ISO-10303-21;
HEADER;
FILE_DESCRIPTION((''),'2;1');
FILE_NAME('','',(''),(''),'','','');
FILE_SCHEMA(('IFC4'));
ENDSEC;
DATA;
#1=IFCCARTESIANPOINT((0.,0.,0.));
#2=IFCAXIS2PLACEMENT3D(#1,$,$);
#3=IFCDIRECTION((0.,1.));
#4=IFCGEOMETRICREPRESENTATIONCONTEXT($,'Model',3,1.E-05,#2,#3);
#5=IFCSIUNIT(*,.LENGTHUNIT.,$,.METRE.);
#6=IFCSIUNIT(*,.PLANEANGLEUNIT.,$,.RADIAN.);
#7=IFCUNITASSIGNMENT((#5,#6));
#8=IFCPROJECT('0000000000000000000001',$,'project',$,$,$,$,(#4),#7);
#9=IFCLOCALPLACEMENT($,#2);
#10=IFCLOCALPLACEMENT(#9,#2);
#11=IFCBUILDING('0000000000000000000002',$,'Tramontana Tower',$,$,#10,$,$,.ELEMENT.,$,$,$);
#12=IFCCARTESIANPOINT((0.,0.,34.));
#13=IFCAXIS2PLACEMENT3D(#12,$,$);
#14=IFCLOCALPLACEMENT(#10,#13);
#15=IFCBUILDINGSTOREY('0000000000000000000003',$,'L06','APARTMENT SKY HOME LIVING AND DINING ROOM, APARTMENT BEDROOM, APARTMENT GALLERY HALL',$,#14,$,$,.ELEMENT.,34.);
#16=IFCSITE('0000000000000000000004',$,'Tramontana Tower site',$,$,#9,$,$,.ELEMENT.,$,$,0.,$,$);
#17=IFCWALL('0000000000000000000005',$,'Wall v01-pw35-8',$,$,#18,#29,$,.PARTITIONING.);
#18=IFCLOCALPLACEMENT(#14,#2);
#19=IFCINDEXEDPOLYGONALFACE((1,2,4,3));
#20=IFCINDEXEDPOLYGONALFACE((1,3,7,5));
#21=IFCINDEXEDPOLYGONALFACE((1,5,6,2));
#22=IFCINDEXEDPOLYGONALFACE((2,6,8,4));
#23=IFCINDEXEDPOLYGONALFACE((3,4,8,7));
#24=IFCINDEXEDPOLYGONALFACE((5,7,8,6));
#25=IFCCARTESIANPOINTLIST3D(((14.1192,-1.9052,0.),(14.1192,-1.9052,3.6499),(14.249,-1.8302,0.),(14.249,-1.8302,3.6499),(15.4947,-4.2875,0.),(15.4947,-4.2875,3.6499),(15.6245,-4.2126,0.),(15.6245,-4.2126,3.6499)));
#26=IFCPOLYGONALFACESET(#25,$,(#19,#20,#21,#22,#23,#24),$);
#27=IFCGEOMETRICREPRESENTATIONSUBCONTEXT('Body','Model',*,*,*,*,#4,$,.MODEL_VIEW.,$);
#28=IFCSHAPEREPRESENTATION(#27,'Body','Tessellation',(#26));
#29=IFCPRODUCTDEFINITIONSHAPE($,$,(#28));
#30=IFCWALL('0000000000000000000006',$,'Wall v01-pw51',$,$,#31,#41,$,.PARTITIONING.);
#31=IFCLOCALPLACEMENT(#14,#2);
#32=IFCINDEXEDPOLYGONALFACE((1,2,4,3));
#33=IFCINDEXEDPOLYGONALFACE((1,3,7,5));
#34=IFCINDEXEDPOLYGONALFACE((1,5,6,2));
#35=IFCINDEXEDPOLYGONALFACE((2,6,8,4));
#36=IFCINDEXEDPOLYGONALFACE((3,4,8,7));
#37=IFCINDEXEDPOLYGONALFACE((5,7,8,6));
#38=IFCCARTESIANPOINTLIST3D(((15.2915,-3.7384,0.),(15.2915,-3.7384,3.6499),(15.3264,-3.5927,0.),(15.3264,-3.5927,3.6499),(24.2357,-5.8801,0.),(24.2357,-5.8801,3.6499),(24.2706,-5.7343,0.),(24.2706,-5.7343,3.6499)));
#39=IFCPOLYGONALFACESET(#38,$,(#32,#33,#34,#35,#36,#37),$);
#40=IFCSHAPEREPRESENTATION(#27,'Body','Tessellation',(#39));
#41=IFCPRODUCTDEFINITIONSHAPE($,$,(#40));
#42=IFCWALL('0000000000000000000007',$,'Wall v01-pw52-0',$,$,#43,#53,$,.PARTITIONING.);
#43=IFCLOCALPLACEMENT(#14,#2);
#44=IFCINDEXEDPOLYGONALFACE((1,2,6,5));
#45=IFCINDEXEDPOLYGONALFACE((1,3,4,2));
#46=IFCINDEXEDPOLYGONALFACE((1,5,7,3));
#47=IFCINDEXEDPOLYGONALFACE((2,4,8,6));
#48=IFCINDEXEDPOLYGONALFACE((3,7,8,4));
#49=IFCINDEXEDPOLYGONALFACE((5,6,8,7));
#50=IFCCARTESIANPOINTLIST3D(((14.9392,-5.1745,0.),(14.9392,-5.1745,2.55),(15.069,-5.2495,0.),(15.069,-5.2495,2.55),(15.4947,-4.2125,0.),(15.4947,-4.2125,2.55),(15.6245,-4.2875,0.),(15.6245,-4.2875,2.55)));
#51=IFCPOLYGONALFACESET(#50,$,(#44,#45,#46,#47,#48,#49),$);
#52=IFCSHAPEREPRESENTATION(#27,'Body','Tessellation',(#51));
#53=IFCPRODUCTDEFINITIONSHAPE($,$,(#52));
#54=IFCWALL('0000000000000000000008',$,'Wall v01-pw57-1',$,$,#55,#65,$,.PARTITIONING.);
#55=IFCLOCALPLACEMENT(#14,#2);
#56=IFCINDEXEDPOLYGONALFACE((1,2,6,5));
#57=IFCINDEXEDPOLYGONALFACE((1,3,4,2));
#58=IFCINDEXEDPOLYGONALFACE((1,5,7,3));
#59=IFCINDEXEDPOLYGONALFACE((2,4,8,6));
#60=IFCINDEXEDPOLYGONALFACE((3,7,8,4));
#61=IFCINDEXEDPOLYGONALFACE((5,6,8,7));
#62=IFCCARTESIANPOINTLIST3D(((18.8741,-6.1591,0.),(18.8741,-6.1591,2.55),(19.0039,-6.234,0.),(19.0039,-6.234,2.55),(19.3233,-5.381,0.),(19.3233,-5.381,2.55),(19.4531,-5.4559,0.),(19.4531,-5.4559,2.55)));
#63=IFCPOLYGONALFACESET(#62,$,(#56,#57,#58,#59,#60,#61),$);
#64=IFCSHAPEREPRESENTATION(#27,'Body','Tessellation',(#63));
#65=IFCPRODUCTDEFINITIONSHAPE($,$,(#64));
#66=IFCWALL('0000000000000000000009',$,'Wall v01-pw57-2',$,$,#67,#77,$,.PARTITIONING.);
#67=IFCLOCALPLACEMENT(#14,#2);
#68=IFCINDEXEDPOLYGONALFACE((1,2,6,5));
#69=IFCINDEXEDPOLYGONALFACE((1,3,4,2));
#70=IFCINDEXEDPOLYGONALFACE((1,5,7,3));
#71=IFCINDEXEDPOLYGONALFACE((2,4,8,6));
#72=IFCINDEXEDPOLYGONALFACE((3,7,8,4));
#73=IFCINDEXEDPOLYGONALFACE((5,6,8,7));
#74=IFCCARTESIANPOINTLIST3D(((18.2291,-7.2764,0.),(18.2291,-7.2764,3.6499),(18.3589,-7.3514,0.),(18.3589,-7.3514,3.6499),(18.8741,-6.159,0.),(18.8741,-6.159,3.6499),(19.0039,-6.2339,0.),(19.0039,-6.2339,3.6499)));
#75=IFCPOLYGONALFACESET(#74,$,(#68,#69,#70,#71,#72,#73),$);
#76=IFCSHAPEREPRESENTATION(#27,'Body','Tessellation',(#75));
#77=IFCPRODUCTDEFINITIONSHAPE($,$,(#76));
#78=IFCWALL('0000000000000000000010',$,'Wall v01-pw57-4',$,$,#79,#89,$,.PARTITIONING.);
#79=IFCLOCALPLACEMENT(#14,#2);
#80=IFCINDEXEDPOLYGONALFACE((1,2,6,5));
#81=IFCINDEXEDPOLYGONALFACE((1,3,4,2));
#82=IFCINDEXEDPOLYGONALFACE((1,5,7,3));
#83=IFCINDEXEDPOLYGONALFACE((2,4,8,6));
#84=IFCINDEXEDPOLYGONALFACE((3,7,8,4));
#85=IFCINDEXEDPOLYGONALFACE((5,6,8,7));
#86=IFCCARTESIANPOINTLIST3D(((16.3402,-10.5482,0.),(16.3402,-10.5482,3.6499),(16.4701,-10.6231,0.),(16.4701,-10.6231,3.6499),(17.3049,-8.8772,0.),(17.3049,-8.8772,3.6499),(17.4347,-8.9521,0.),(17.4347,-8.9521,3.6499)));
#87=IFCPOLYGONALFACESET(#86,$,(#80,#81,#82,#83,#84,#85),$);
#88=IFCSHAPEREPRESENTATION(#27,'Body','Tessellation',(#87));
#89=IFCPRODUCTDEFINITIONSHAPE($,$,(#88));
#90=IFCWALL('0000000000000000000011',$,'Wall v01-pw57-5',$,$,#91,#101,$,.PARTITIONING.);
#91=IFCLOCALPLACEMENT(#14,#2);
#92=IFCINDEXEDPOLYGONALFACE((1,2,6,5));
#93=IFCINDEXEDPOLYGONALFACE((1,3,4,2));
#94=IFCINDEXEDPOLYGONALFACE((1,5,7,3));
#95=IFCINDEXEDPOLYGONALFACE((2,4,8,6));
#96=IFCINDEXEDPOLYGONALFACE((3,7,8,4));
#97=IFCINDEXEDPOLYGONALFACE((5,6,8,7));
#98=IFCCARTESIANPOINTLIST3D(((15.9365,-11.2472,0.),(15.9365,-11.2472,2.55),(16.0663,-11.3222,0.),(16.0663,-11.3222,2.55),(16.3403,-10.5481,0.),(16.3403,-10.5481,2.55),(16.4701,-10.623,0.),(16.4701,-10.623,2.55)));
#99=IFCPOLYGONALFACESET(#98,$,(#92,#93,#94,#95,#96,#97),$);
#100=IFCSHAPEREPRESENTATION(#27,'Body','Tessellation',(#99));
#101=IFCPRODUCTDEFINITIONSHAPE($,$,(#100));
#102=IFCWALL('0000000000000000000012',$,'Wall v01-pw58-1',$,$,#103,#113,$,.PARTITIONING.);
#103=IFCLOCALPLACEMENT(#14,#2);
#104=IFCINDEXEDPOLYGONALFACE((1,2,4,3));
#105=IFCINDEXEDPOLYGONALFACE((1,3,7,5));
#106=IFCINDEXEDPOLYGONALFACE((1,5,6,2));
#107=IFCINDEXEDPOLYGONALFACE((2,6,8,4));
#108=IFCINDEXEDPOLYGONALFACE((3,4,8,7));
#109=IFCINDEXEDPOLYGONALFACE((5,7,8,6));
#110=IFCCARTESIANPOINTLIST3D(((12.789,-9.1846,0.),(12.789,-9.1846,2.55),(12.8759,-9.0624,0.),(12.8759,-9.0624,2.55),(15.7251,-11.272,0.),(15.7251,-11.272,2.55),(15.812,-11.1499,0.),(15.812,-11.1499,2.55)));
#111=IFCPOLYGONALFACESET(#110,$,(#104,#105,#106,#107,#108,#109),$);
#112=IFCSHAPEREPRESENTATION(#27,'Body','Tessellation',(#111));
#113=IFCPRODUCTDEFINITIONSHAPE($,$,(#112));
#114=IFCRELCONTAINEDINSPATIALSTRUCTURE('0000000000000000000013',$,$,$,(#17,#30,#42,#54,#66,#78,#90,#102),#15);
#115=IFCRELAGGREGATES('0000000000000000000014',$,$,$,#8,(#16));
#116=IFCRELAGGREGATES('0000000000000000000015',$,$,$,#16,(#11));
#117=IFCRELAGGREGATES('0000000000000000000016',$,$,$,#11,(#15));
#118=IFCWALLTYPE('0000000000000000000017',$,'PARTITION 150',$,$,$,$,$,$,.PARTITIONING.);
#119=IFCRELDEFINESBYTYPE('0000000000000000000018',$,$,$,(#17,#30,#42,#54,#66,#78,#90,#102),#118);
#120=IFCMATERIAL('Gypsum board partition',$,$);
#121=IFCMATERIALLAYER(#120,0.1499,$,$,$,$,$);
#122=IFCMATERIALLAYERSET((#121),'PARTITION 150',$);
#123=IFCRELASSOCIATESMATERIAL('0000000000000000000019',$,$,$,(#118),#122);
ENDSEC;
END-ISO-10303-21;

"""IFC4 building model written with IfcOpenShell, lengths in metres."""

from ifc_helpers import new_model, si_unit, direction, frame, frame_2d, origin, place, context, subcontext, project, spatial, rectangle, extrude, material, layer, layer_set, type_object, element, save


model = new_model("IFC4")

# Units and contexts
model_context = context("Model", 3, precision=1e-05, world=origin(), true_north=direction((0.0, 1.0)))
body_context = subcontext(model_context, "Body", "Model", "MODEL_VIEW")
ifc_project = project(units=[si_unit("LENGTHUNIT", "METRE"), si_unit("PLANEANGLEUNIT", "RADIAN")], contexts=[model_context])

# Site, building, storey
site_placement = place(None, origin())
site = spatial("IfcSite", under=ifc_project, at=site_placement, Name="Tramontana Tower site", CompositionType="ELEMENT", RefElevation=0.0)
building_placement = place(site_placement, origin())
building = spatial("IfcBuilding", under=site, at=building_placement, Name="Tramontana Tower", CompositionType="ELEMENT")
storey_placement = place(building_placement, frame((0.0, 0.0, 34.0)))
storey = spatial("IfcBuildingStorey", under=building, at=storey_placement, Name="L06", Description="APARTMENT SKY HOME LIVING AND DINING ROOM, APARTMENT BEDROOM, APARTMENT GALLERY HALL", CompositionType="ELEMENT", Elevation=34.0)

# Wall
ifc_material_1 = material(Name="Gypsum board partition")
ifc_layer = layer(ifc_material_1, 0.1499)
ifc_layer_set = layer_set([ifc_layer], Name="PARTITION 150")
wall_type = type_object("IfcWallType", Name="PARTITION 150", PredefinedType="PARTITIONING", material=ifc_layer_set)
wall_1_placement = place(storey_placement, frame((14.1841, -1.8677, 0.0), z_axis=(0.0, 0.0, 1.0), x_axis=(0.500014, -0.866017, 0.0)))
element("IfcWall", 1, at=wall_1_placement, inside=storey, type_object=wall_type, Name="Wall v01-pw35-8", PredefinedType="PARTITIONING", context=body_context, shape_type="SweptSolid", body=[
    extrude(rectangle(XDim=2.751, YDim=0.1499, at=frame_2d((1.3755, 0.0))), origin(), (0.0, 0.0, 1.0), 3.6499),
])

# Walls
wall_2_placement = place(storey_placement, frame((15.3088, -3.6655, 0.0), z_axis=(0.0, 0.0, 1.0), x_axis=(0.97251, -0.232861, 0.0)))
element("IfcWall", 2, at=wall_2_placement, inside=storey, type_object=wall_type, Name="Wall v01-pw51", PredefinedType="PARTITIONING", context=body_context, shape_type="SweptSolid", body=[
    extrude(rectangle(XDim=9.197, YDim=0.1499, at=frame_2d((4.5986, 0.0))), origin(), (0.0, 0.0, 1.0), 3.6499),
])
wall_3_placement = place(storey_placement, frame((15.5596, -4.25, 0.0), z_axis=(0.0, 0.0, 1.0), x_axis=(-0.50004, -0.866003, 0.0)))
element("IfcWall", 3, at=wall_3_placement, inside=storey, type_object=wall_type, Name="Wall v01-pw52-0", PredefinedType="PARTITIONING", context=body_context, shape_type="SweptSolid", body=[
    extrude(rectangle(XDim=1.1108, YDim=0.1499, at=frame_2d((0.5554, 0.0))), origin(), (0.0, 0.0, 1.0), 2.55),
])

# Walls
wall_4_placement = place(storey_placement, frame((19.3882, -5.4185, 0.0), z_axis=(0.0, 0.0, 1.0), x_axis=(-0.499997, -0.866027, 0.0)))
element("IfcWall", 4, at=wall_4_placement, inside=storey, type_object=wall_type, Name="Wall v01-pw57-1", PredefinedType="PARTITIONING", context=body_context, shape_type="SweptSolid", body=[
    extrude(rectangle(XDim=0.8984, YDim=0.1499, at=frame_2d((0.4492, 0.0))), origin(), (0.0, 0.0, 1.0), 2.55),
])
wall_5_placement = place(storey_placement, frame((18.939, -6.1965, 0.0), z_axis=(0.0, 0.0, 1.0), x_axis=(-0.499924, -0.866069, 0.0)))
element("IfcWall", 5, at=wall_5_placement, inside=storey, type_object=wall_type, Name="Wall v01-pw57-2", PredefinedType="PARTITIONING", context=body_context, shape_type="SweptSolid", body=[
    extrude(rectangle(XDim=1.2903, YDim=0.1499, at=frame_2d((0.645, 0.0))), origin(), (0.0, 0.0, 1.0), 3.6499),
])

# Walls
wall_6_placement = place(storey_placement, frame((17.3699, -8.9146, 0.0), z_axis=(0.0, 0.0, 1.0), x_axis=(-0.499963, -0.866047, 0.0)))
element("IfcWall", 6, at=wall_6_placement, inside=storey, type_object=wall_type, Name="Wall v01-pw57-4", PredefinedType="PARTITIONING", context=body_context, shape_type="SweptSolid", body=[
    extrude(rectangle(XDim=1.9294, YDim=0.1499, at=frame_2d((0.9648, 0.0))), origin(), (0.0, 0.0, 1.0), 3.6499),
])
wall_7_placement = place(storey_placement, frame((16.4053, -10.5854, 0.0), z_axis=(0.0, 0.0, 1.0), x_axis=(-0.500106, -0.865964, 0.0)))
element("IfcWall", 7, at=wall_7_placement, inside=storey, type_object=wall_type, Name="Wall v01-pw57-5", PredefinedType="PARTITIONING", context=body_context, shape_type="SweptSolid", body=[
    extrude(rectangle(XDim=0.8074, YDim=0.1499, at=frame_2d((0.4038, 0.0))), origin(), (0.0, 0.0, 1.0), 2.55),
])
wall_8_placement = place(storey_placement, frame((15.7686, -11.2109, 0.0), z_axis=(0.0, 0.0, 1.0), x_axis=(-0.815014, 0.579442, 0.0)))
element("IfcWall", 8, at=wall_8_placement, inside=storey, type_object=wall_type, Name="Wall v01-pw58-1", PredefinedType="PARTITIONING", context=body_context, shape_type="SweptSolid", body=[
    extrude(rectangle(XDim=3.6025, YDim=0.1499, at=frame_2d((1.8013, 0.0))), origin(), (0.0, 0.0, 1.0), 2.55),
])

save(model, "model.ifc")
